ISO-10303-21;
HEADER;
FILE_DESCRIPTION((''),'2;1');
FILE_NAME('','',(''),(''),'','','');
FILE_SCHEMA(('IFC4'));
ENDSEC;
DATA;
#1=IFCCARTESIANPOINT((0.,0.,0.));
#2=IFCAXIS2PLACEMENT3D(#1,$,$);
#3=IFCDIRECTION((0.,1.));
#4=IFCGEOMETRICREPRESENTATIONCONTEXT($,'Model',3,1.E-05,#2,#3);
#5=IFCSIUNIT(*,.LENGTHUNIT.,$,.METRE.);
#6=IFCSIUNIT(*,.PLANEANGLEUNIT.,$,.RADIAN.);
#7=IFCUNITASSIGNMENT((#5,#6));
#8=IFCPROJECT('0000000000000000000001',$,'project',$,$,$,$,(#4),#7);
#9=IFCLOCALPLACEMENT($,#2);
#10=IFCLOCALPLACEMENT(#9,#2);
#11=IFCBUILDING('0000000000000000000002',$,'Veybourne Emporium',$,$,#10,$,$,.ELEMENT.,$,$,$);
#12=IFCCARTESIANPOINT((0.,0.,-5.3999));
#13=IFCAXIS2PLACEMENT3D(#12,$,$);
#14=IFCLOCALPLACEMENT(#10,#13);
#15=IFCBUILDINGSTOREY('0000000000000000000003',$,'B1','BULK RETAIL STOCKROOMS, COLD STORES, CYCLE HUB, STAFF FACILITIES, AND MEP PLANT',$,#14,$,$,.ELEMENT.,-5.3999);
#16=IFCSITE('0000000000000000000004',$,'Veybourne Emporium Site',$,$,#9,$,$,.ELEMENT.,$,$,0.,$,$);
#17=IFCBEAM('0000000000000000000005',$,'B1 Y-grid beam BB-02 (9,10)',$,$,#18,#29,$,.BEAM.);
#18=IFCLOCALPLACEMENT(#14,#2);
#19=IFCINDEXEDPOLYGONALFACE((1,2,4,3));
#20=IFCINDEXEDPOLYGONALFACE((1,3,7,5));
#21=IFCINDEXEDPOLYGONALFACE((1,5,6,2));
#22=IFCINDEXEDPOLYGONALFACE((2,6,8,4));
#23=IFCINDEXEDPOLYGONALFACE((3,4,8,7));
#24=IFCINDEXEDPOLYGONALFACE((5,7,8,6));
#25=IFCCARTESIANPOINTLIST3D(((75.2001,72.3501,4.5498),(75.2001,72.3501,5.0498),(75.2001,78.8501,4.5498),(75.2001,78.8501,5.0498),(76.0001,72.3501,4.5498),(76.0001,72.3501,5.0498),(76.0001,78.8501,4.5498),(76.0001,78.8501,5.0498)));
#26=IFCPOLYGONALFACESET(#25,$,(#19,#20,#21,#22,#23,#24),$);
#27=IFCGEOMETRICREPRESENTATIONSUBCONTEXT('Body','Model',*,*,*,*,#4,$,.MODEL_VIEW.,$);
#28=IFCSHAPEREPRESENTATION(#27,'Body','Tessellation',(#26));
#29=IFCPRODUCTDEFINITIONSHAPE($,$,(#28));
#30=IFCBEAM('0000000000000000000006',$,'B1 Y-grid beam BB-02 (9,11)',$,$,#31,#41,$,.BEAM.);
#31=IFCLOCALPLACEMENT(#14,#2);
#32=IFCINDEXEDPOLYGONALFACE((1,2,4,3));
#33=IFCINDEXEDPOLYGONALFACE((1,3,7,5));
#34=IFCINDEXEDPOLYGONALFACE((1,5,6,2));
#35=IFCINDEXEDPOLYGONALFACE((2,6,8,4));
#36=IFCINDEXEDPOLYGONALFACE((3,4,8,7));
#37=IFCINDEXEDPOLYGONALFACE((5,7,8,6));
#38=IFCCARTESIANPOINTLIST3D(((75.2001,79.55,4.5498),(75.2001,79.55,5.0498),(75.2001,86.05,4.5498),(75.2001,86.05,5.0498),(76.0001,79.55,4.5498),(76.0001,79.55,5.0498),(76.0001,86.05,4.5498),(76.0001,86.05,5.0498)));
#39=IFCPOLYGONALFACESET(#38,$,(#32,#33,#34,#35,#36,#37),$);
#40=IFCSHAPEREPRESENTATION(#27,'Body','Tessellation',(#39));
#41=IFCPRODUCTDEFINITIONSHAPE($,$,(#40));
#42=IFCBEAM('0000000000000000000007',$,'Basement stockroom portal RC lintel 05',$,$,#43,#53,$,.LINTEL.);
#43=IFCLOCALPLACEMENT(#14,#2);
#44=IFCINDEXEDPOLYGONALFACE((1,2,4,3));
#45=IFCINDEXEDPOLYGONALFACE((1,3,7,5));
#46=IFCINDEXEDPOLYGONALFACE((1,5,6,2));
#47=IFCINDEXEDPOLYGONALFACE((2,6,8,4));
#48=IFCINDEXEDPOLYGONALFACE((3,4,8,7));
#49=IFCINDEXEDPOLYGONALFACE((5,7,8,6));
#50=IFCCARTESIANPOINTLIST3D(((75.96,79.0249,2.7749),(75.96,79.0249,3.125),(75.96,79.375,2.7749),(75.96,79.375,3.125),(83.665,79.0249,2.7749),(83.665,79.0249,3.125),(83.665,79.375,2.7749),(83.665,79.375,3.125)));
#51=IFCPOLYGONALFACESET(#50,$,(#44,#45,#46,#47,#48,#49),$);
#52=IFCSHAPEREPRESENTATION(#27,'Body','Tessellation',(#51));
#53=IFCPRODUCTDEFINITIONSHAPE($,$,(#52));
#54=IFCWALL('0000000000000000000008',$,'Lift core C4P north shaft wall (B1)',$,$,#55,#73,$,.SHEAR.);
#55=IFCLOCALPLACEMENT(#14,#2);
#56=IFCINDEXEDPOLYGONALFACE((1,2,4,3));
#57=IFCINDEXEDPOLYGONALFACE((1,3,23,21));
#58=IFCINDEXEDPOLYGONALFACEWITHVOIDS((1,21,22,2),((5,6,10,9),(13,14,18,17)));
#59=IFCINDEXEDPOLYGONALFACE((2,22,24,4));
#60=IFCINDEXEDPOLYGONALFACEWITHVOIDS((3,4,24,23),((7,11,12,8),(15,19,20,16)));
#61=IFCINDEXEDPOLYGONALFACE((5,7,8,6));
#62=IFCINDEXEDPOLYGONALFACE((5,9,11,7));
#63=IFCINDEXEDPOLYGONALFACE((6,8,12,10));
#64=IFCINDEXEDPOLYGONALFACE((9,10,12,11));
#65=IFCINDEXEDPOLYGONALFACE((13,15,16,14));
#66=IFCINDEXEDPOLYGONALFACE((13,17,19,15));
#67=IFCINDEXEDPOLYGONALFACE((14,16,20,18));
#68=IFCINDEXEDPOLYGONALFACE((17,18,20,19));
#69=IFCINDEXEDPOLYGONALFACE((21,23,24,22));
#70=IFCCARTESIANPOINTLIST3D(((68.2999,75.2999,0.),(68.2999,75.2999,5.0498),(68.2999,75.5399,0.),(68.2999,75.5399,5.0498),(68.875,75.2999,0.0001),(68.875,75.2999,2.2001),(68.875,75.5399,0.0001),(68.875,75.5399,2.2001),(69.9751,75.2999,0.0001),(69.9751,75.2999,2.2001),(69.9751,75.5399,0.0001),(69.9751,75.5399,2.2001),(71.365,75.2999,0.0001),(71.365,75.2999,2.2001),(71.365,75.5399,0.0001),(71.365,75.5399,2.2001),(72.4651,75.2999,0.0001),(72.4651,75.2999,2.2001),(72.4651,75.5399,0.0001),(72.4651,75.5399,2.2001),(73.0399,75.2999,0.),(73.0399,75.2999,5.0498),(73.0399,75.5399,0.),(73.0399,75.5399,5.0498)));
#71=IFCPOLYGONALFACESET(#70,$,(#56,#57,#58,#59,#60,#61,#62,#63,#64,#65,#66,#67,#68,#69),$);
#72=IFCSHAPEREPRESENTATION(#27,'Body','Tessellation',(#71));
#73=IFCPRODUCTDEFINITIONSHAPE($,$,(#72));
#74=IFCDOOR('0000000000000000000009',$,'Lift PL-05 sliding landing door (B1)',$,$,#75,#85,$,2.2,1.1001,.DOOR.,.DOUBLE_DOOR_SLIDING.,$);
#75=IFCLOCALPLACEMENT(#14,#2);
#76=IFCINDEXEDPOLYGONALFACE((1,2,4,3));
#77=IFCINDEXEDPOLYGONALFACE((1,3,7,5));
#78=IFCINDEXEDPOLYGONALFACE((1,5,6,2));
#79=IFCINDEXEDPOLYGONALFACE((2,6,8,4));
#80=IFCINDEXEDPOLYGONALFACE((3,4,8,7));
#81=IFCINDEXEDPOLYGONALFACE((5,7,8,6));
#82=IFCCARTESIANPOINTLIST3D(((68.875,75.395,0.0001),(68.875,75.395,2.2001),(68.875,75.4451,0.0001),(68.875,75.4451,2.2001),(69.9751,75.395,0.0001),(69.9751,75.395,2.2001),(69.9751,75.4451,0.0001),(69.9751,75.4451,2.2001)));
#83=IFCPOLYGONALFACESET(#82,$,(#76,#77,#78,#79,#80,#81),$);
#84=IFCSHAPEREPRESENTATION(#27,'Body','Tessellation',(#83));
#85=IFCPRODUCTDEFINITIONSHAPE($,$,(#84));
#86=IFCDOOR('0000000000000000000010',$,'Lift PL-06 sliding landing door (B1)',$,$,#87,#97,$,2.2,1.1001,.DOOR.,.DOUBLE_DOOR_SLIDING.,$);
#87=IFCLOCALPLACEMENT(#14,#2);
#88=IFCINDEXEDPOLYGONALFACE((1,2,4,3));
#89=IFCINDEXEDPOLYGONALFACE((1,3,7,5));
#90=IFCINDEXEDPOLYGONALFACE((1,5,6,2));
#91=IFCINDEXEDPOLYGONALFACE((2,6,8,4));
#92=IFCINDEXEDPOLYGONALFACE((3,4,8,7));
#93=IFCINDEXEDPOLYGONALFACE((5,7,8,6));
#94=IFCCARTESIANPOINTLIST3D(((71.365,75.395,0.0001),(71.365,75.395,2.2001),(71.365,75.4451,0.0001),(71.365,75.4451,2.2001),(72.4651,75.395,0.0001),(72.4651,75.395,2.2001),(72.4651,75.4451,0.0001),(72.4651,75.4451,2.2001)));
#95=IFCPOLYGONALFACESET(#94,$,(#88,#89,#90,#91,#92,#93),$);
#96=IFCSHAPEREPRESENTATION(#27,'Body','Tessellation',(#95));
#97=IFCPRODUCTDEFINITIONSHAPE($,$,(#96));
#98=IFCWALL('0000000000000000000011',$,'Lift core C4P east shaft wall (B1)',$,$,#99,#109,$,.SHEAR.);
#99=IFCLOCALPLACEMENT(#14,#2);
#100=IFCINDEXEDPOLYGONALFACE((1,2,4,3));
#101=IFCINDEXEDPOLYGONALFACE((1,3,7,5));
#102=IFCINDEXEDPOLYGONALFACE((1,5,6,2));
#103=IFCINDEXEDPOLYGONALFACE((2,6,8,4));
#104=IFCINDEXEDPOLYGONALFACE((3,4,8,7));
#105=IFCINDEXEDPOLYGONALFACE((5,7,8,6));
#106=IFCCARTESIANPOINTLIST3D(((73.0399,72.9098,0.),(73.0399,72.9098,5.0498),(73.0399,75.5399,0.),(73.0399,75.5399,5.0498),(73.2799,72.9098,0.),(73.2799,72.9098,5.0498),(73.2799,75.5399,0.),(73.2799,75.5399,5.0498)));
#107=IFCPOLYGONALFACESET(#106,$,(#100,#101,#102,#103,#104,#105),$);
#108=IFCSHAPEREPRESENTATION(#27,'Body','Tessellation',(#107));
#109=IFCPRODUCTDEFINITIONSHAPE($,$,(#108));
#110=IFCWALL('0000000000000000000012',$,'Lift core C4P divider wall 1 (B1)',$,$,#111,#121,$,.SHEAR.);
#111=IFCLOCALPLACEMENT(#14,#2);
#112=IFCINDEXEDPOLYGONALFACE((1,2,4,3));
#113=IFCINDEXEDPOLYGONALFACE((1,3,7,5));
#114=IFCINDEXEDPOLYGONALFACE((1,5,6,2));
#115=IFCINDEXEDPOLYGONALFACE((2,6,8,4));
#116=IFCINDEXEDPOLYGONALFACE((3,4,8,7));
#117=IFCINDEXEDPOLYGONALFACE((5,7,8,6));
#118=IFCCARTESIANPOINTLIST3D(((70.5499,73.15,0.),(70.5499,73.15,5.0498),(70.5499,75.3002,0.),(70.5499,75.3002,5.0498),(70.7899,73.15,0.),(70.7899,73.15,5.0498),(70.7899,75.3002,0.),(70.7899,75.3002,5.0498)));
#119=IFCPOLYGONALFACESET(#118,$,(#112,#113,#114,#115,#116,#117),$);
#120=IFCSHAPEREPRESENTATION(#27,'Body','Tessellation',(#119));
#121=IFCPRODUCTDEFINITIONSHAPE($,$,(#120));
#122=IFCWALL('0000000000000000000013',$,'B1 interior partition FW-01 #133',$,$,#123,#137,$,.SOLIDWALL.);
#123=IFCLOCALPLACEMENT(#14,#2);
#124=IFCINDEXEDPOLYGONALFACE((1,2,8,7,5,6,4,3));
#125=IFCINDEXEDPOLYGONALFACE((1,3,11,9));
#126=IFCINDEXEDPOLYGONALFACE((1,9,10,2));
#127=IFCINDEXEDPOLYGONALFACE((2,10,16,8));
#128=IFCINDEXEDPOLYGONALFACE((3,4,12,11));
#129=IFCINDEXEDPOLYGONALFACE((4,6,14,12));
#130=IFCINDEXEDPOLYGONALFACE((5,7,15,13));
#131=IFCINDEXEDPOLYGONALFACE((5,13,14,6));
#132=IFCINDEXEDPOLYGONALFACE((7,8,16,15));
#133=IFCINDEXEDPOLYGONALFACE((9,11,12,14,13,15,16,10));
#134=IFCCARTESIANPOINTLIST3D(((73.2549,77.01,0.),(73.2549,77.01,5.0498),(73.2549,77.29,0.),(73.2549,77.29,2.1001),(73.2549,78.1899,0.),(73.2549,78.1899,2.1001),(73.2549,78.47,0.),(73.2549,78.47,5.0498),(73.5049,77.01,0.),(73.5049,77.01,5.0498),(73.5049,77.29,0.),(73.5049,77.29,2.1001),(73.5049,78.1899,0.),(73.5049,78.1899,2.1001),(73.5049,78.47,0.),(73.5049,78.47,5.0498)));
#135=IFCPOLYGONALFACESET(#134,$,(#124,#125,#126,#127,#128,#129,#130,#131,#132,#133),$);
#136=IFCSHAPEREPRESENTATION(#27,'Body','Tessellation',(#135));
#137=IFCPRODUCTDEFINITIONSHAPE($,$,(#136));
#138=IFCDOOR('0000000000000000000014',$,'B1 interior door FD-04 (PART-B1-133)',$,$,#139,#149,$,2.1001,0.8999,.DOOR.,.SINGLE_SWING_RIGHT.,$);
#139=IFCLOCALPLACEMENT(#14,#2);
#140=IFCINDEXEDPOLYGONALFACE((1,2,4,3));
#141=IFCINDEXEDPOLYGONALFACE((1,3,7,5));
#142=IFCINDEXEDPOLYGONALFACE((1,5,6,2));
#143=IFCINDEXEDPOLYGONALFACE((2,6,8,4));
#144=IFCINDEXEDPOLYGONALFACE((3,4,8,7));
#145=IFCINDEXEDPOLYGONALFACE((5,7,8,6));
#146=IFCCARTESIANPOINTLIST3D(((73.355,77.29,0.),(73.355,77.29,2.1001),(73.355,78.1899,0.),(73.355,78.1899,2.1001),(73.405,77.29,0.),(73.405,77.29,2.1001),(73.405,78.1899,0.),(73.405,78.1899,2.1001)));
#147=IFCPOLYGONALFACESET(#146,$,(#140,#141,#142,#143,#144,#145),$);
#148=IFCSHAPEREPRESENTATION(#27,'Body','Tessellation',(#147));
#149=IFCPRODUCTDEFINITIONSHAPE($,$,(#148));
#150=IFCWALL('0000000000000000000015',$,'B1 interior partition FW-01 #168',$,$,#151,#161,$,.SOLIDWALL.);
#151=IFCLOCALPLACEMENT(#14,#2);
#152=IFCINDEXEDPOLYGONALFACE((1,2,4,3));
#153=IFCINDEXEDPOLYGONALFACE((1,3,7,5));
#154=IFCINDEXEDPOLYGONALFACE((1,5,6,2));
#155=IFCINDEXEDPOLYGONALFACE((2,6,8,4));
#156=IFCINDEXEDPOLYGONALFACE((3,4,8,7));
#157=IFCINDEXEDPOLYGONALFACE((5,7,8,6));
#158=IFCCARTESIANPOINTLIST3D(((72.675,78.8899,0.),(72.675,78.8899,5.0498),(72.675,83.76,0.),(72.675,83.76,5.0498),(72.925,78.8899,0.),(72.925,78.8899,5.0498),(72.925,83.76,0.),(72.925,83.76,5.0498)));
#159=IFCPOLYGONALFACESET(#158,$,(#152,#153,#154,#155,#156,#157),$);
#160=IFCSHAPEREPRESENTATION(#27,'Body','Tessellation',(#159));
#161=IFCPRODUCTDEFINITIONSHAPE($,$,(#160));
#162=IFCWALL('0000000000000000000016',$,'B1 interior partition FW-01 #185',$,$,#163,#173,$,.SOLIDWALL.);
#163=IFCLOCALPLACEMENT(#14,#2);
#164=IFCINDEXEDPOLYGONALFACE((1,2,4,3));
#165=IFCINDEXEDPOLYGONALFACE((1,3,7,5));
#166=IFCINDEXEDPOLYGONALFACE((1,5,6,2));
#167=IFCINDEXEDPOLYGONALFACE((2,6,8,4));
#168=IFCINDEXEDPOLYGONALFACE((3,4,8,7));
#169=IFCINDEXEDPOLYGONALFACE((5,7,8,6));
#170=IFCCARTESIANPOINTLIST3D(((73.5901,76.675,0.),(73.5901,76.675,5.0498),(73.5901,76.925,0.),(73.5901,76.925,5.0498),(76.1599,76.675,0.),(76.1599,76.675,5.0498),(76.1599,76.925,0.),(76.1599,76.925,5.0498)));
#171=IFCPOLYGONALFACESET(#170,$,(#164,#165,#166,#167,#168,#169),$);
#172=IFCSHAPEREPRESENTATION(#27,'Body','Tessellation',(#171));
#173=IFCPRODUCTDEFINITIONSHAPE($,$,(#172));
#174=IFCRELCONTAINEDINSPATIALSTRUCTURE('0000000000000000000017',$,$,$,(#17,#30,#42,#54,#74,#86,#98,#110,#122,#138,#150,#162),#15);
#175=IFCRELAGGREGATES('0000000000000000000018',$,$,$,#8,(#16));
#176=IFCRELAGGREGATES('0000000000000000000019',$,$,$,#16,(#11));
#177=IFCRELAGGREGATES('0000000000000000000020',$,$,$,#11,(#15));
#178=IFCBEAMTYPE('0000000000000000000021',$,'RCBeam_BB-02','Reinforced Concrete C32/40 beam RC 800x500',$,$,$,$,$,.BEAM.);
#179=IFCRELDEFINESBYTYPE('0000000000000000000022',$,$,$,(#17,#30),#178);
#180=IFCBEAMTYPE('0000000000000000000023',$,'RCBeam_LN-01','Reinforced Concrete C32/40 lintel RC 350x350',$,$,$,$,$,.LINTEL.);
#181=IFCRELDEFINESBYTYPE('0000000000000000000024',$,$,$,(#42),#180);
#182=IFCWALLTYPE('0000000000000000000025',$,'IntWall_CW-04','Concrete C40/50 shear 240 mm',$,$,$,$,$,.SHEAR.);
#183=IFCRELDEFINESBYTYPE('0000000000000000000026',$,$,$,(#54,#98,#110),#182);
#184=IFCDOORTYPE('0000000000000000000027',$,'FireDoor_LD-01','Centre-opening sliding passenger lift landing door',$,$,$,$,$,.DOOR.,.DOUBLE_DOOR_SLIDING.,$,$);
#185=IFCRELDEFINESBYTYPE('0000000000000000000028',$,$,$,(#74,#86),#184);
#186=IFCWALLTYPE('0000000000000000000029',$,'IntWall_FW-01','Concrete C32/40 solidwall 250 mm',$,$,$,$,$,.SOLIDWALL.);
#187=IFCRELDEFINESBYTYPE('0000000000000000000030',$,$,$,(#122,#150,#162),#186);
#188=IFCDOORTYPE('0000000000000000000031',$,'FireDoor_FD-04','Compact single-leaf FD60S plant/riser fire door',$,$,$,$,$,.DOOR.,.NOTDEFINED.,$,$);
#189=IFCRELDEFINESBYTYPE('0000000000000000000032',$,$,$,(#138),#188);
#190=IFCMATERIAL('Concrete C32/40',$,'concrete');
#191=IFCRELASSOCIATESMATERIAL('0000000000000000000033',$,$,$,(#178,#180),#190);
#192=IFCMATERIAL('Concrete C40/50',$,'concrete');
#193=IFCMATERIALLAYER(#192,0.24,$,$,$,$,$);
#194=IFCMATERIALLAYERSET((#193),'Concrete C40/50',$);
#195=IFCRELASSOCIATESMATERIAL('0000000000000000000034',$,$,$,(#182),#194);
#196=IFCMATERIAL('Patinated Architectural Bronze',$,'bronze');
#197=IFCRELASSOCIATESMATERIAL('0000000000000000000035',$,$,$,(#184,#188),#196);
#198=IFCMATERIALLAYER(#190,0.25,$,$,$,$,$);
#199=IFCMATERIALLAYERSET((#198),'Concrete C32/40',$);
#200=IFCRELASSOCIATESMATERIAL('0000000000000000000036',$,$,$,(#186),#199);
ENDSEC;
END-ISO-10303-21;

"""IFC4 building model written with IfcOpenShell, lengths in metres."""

from ifc_helpers import new_model, si_unit, direction, frame, frame_2d, origin, origin_2d, place, context, subcontext, project, spatial, rectangle, extrude, material, layer, layer_set, material_profile, profile_set, type_object, element, fill, save


model = new_model("IFC4")

# Units and contexts
model_context = context("Model", 3, precision=1e-05, world=origin(), true_north=direction((0.0, 1.0)))
body_context = subcontext(model_context, "Body", "Model", "MODEL_VIEW")
ifc_project = project(units=[si_unit("LENGTHUNIT", "METRE"), si_unit("PLANEANGLEUNIT", "RADIAN")], contexts=[model_context])

# Site, building, storey
site_placement = place(None, origin())
site = spatial("IfcSite", under=ifc_project, at=site_placement, Name="Veybourne Emporium Site", CompositionType="ELEMENT", RefElevation=0.0)
building_placement = place(site_placement, origin())
building = spatial("IfcBuilding", under=site, at=building_placement, Name="Veybourne Emporium", CompositionType="ELEMENT")
storey_placement = place(building_placement, frame((0.0, 0.0, -5.3999)))
storey = spatial("IfcBuildingStorey", under=building, at=storey_placement, Name="B1", Description="BULK RETAIL STOCKROOMS, COLD STORES, CYCLE HUB, STAFF FACILITIES, AND MEP PLANT", CompositionType="ELEMENT", Elevation=-5.3999)

# Shared definitions
ifc_material_1 = material(Name="Concrete C40/50", Category="concrete")

# Beams
ifc_material_2 = material(Name="Concrete C32/40", Category="concrete")
ifc_material_profile_1 = material_profile(ifc_material_2, rectangle(XDim=0.8, YDim=0.5, at=origin_2d()), Name="RC 800x500")
ifc_profile_set_1 = profile_set([ifc_material_profile_1], Name="Concrete C32/40")
beam_type_1 = type_object("IfcBeamType", Name="RCBeam_BB-02", Description="Reinforced Concrete C32/40 beam RC 800x500", PredefinedType="BEAM", material=ifc_profile_set_1)
for number, where, z_axis, x_axis, name in (
    (1, (75.6001, 72.3501, 4.7998), (0.0, 1.0, 0.0), (-1.0, 0.0, 0.0), "B1 Y-grid beam BB-02 (9,10)"),
    (2, (75.6001, 79.55, 4.7998), (0.0, 1.0, 0.0), (-1.0, 0.0, 0.0), "B1 Y-grid beam BB-02 (9,11)"),
):
    element("IfcBeam", number, at=place(storey_placement, frame(where, z_axis=z_axis, x_axis=x_axis)), inside=storey, type_object=beam_type_1, Name=name, PredefinedType="BEAM", context=body_context, shape_type="SweptSolid", body=[
        extrude(rectangle(XDim=0.8, YDim=0.5, at=origin_2d()), origin(), (0.0, 0.0, 1.0), 6.5),
    ])
ifc_material_profile_2 = material_profile(ifc_material_2, rectangle(XDim=0.3501, YDim=0.3501, at=origin_2d()), Name="RC 350x350")
ifc_profile_set_2 = profile_set([ifc_material_profile_2], Name="Concrete C32/40")
beam_type_2 = type_object("IfcBeamType", Name="RCBeam_LN-01", Description="Reinforced Concrete C32/40 lintel RC 350x350", PredefinedType="LINTEL", material=ifc_profile_set_2)
beam_placement = place(storey_placement, frame((75.96, 79.2, 2.95), z_axis=(1.0, 0.0, 0.0), x_axis=(0.0, 1.0, 0.0)))
element("IfcBeam", 3, at=beam_placement, inside=storey, type_object=beam_type_2, Name="Basement stockroom portal RC lintel 05", PredefinedType="LINTEL", context=body_context, shape_type="SweptSolid", body=[
    extrude(rectangle(XDim=0.3501, YDim=0.3501, at=origin_2d()), origin(), (0.0, 0.0, 1.0), 7.7051),
])

# Wall, openings, doors
ifc_layer_1 = layer(ifc_material_1, 0.24)
ifc_layer_set_1 = layer_set([ifc_layer_1], Name="Concrete C40/50")
wall_type_1 = type_object("IfcWallType", Name="IntWall_CW-04", Description="Concrete C40/50 shear 240 mm", PredefinedType="SHEAR", material=ifc_layer_set_1)
wall_1_placement = place(storey_placement, frame((73.04, 75.4199, 0.0), z_axis=(0.0, 0.0, 1.0), x_axis=(-1.0, 0.0, 0.0)))
wall_1 = element("IfcWall", 4, at=wall_1_placement, inside=storey, type_object=wall_type_1, Name="Lift core C4P north shaft wall (B1)", PredefinedType="SHEAR", context=body_context, shape_type="SweptSolid", body=[
    extrude(rectangle(XDim=4.74, YDim=0.24, at=frame_2d((2.3701, 0.0))), origin(), (0.0, 0.0, 1.0), 5.0498),
])
opening_1_placement = place(wall_1_placement, frame((3.0649, 0.0, 0.0)))
opening_1 = element("IfcOpeningElement", 5, at=opening_1_placement, cuts=wall_1, PredefinedType="OPENING", context=body_context, shape_type="SweptSolid", body=[
    extrude(rectangle(XDim=1.1001, YDim=2.2, at=frame_2d((0.55, 1.1001))), frame((0.0, 0.1401, 0.0), z_axis=(0.0, -1.0, 0.0), x_axis=(1.0, 0.0, 0.0)), (0.0, 0.0, 1.0), 0.28),
])
opening_2_placement = place(wall_1_placement, frame((0.575, 0.0, 0.0)))
opening_2 = element("IfcOpeningElement", 6, at=opening_2_placement, cuts=wall_1, PredefinedType="OPENING", context=body_context, shape_type="SweptSolid", body=[
    extrude(rectangle(XDim=1.1001, YDim=2.2, at=frame_2d((0.55, 1.1001))), frame((0.0, 0.1401, 0.0), z_axis=(0.0, -1.0, 0.0), x_axis=(1.0, 0.0, 0.0)), (0.0, 0.0, 1.0), 0.28),
])
ifc_material_3 = material(Name="Patinated Architectural Bronze", Category="bronze")
door_type_1 = type_object("IfcDoorType", Name="FireDoor_LD-01", Description="Centre-opening sliding passenger lift landing door", OperationType="DOUBLE_DOOR_SLIDING", PredefinedType="DOOR", material=ifc_material_3)
door_1_placement = place(opening_1_placement, origin())
door_1 = element("IfcDoor", 7, at=door_1_placement, inside=storey, type_object=door_type_1, Name="Lift PL-05 sliding landing door (B1)", OperationType="DOUBLE_DOOR_SLIDING", OverallHeight=2.2, OverallWidth=1.1001, PredefinedType="DOOR", context=body_context, shape_type="SweptSolid", body=[
    extrude(rectangle(XDim=1.1001, YDim=2.2, at=frame_2d((0.55, 1.1001))), frame((0.0, 0.0249, 0.0), z_axis=(0.0, -1.0, 0.0), x_axis=(1.0, 0.0, 0.0)), (0.0, 0.0, 1.0), 0.05),
])
fill(opening_1, door_1)
door_2_placement = place(opening_2_placement, origin())
door_2 = element("IfcDoor", 8, at=door_2_placement, inside=storey, type_object=door_type_1, Name="Lift PL-06 sliding landing door (B1)", OperationType="DOUBLE_DOOR_SLIDING", OverallHeight=2.2, OverallWidth=1.1001, PredefinedType="DOOR", context=body_context, shape_type="SweptSolid", body=[
    extrude(rectangle(XDim=1.1001, YDim=2.2, at=frame_2d((0.55, 1.1001))), frame((0.0, 0.0249, 0.0), z_axis=(0.0, -1.0, 0.0), x_axis=(1.0, 0.0, 0.0)), (0.0, 0.0, 1.0), 0.05),
])
fill(opening_2, door_2)

# Walls
wall_2_placement = place(storey_placement, frame((73.1599, 72.9099, 0.0), z_axis=(0.0, 0.0, 1.0), x_axis=(0.0, 1.0, 0.0)))
element("IfcWall", 9, at=wall_2_placement, inside=storey, type_object=wall_type_1, Name="Lift core C4P east shaft wall (B1)", PredefinedType="SHEAR", context=body_context, shape_type="SweptSolid", body=[
    extrude(rectangle(XDim=2.6301, YDim=0.24, at=frame_2d((1.3149, 0.0))), origin(), (0.0, 0.0, 1.0), 5.0498),
])
wall_3_placement = place(storey_placement, frame((70.6699, 73.1499, 0.0), z_axis=(0.0, 0.0, 1.0), x_axis=(0.0, 1.0, 0.0)))
element("IfcWall", 10, at=wall_3_placement, inside=storey, type_object=wall_type_1, Name="Lift core C4P divider wall 1 (B1)", PredefinedType="SHEAR", context=body_context, shape_type="SweptSolid", body=[
    extrude(rectangle(XDim=2.1501, YDim=0.24, at=frame_2d((1.0752, 0.0))), origin(), (0.0, 0.0, 1.0), 5.0498),
])

# Wall, opening, door
ifc_layer_2 = layer(ifc_material_2, 0.25)
ifc_layer_set_2 = layer_set([ifc_layer_2], Name="Concrete C32/40")
wall_type_2 = type_object("IfcWallType", Name="IntWall_FW-01", Description="Concrete C32/40 solidwall 250 mm", PredefinedType="SOLIDWALL", material=ifc_layer_set_2)
wall_4_placement = place(storey_placement, frame((73.3799, 77.01, 0.0), z_axis=(0.0, 0.0, 1.0), x_axis=(0.0, 1.0, 0.0)))
wall_4 = element("IfcWall", 11, at=wall_4_placement, inside=storey, type_object=wall_type_2, Name="B1 interior partition FW-01 #133", PredefinedType="SOLIDWALL", context=body_context, shape_type="SweptSolid", body=[
    extrude(rectangle(XDim=1.46, YDim=0.25, at=frame_2d((0.73, 0.0))), origin(), (0.0, 0.0, 1.0), 5.0498),
])
opening_3_placement = place(wall_4_placement, frame((0.28, 0.0, 0.0)))
opening_3 = element("IfcOpeningElement", 12, at=opening_3_placement, cuts=wall_4, PredefinedType="OPENING", context=body_context, shape_type="SweptSolid", body=[
    extrude(rectangle(XDim=0.8999, YDim=2.1001, at=frame_2d((0.45, 1.05))), frame((0.0, 0.145, 0.0), z_axis=(0.0, -1.0, 0.0), x_axis=(1.0, 0.0, 0.0)), (0.0, 0.0, 1.0), 0.29),
])
door_type_2 = type_object("IfcDoorType", Name="FireDoor_FD-04", Description="Compact single-leaf FD60S plant/riser fire door", OperationType="NOTDEFINED", PredefinedType="DOOR", material=ifc_material_3)
door_3_placement = place(opening_3_placement, origin())
door_3 = element("IfcDoor", 13, at=door_3_placement, inside=storey, type_object=door_type_2, Name="B1 interior door FD-04 (PART-B1-133)", OperationType="SINGLE_SWING_RIGHT", OverallHeight=2.1001, OverallWidth=0.8999, PredefinedType="DOOR", context=body_context, shape_type="SweptSolid", body=[
    extrude(rectangle(XDim=0.8999, YDim=2.1001, at=frame_2d((0.45, 1.05))), frame((0.0, 0.0249, 0.0), z_axis=(0.0, -1.0, 0.0), x_axis=(1.0, 0.0, 0.0)), (0.0, 0.0, 1.0), 0.05),
])
fill(opening_3, door_3)

# Walls
wall_5_placement = place(storey_placement, frame((72.8, 78.8899, 0.0), z_axis=(0.0, 0.0, 1.0), x_axis=(0.0, 1.0, 0.0)))
element("IfcWall", 14, at=wall_5_placement, inside=storey, type_object=wall_type_2, Name="B1 interior partition FW-01 #168", PredefinedType="SOLIDWALL", context=body_context, shape_type="SweptSolid", body=[
    extrude(rectangle(XDim=4.8701, YDim=0.25, at=frame_2d((2.4351, 0.0))), origin(), (0.0, 0.0, 1.0), 5.0498),
])
wall_6_placement = place(storey_placement, frame((73.5901, 76.8, 0.0), z_axis=(0.0, 0.0, 1.0), x_axis=(1.0, 0.0, 0.0)))
element("IfcWall", 15, at=wall_6_placement, inside=storey, type_object=wall_type_2, Name="B1 interior partition FW-01 #185", PredefinedType="SOLIDWALL", context=body_context, shape_type="SweptSolid", body=[
    extrude(rectangle(XDim=2.5698, YDim=0.25, at=frame_2d((1.2849, 0.0))), origin(), (0.0, 0.0, 1.0), 5.0498),
])

save(model, "model.ifc")
